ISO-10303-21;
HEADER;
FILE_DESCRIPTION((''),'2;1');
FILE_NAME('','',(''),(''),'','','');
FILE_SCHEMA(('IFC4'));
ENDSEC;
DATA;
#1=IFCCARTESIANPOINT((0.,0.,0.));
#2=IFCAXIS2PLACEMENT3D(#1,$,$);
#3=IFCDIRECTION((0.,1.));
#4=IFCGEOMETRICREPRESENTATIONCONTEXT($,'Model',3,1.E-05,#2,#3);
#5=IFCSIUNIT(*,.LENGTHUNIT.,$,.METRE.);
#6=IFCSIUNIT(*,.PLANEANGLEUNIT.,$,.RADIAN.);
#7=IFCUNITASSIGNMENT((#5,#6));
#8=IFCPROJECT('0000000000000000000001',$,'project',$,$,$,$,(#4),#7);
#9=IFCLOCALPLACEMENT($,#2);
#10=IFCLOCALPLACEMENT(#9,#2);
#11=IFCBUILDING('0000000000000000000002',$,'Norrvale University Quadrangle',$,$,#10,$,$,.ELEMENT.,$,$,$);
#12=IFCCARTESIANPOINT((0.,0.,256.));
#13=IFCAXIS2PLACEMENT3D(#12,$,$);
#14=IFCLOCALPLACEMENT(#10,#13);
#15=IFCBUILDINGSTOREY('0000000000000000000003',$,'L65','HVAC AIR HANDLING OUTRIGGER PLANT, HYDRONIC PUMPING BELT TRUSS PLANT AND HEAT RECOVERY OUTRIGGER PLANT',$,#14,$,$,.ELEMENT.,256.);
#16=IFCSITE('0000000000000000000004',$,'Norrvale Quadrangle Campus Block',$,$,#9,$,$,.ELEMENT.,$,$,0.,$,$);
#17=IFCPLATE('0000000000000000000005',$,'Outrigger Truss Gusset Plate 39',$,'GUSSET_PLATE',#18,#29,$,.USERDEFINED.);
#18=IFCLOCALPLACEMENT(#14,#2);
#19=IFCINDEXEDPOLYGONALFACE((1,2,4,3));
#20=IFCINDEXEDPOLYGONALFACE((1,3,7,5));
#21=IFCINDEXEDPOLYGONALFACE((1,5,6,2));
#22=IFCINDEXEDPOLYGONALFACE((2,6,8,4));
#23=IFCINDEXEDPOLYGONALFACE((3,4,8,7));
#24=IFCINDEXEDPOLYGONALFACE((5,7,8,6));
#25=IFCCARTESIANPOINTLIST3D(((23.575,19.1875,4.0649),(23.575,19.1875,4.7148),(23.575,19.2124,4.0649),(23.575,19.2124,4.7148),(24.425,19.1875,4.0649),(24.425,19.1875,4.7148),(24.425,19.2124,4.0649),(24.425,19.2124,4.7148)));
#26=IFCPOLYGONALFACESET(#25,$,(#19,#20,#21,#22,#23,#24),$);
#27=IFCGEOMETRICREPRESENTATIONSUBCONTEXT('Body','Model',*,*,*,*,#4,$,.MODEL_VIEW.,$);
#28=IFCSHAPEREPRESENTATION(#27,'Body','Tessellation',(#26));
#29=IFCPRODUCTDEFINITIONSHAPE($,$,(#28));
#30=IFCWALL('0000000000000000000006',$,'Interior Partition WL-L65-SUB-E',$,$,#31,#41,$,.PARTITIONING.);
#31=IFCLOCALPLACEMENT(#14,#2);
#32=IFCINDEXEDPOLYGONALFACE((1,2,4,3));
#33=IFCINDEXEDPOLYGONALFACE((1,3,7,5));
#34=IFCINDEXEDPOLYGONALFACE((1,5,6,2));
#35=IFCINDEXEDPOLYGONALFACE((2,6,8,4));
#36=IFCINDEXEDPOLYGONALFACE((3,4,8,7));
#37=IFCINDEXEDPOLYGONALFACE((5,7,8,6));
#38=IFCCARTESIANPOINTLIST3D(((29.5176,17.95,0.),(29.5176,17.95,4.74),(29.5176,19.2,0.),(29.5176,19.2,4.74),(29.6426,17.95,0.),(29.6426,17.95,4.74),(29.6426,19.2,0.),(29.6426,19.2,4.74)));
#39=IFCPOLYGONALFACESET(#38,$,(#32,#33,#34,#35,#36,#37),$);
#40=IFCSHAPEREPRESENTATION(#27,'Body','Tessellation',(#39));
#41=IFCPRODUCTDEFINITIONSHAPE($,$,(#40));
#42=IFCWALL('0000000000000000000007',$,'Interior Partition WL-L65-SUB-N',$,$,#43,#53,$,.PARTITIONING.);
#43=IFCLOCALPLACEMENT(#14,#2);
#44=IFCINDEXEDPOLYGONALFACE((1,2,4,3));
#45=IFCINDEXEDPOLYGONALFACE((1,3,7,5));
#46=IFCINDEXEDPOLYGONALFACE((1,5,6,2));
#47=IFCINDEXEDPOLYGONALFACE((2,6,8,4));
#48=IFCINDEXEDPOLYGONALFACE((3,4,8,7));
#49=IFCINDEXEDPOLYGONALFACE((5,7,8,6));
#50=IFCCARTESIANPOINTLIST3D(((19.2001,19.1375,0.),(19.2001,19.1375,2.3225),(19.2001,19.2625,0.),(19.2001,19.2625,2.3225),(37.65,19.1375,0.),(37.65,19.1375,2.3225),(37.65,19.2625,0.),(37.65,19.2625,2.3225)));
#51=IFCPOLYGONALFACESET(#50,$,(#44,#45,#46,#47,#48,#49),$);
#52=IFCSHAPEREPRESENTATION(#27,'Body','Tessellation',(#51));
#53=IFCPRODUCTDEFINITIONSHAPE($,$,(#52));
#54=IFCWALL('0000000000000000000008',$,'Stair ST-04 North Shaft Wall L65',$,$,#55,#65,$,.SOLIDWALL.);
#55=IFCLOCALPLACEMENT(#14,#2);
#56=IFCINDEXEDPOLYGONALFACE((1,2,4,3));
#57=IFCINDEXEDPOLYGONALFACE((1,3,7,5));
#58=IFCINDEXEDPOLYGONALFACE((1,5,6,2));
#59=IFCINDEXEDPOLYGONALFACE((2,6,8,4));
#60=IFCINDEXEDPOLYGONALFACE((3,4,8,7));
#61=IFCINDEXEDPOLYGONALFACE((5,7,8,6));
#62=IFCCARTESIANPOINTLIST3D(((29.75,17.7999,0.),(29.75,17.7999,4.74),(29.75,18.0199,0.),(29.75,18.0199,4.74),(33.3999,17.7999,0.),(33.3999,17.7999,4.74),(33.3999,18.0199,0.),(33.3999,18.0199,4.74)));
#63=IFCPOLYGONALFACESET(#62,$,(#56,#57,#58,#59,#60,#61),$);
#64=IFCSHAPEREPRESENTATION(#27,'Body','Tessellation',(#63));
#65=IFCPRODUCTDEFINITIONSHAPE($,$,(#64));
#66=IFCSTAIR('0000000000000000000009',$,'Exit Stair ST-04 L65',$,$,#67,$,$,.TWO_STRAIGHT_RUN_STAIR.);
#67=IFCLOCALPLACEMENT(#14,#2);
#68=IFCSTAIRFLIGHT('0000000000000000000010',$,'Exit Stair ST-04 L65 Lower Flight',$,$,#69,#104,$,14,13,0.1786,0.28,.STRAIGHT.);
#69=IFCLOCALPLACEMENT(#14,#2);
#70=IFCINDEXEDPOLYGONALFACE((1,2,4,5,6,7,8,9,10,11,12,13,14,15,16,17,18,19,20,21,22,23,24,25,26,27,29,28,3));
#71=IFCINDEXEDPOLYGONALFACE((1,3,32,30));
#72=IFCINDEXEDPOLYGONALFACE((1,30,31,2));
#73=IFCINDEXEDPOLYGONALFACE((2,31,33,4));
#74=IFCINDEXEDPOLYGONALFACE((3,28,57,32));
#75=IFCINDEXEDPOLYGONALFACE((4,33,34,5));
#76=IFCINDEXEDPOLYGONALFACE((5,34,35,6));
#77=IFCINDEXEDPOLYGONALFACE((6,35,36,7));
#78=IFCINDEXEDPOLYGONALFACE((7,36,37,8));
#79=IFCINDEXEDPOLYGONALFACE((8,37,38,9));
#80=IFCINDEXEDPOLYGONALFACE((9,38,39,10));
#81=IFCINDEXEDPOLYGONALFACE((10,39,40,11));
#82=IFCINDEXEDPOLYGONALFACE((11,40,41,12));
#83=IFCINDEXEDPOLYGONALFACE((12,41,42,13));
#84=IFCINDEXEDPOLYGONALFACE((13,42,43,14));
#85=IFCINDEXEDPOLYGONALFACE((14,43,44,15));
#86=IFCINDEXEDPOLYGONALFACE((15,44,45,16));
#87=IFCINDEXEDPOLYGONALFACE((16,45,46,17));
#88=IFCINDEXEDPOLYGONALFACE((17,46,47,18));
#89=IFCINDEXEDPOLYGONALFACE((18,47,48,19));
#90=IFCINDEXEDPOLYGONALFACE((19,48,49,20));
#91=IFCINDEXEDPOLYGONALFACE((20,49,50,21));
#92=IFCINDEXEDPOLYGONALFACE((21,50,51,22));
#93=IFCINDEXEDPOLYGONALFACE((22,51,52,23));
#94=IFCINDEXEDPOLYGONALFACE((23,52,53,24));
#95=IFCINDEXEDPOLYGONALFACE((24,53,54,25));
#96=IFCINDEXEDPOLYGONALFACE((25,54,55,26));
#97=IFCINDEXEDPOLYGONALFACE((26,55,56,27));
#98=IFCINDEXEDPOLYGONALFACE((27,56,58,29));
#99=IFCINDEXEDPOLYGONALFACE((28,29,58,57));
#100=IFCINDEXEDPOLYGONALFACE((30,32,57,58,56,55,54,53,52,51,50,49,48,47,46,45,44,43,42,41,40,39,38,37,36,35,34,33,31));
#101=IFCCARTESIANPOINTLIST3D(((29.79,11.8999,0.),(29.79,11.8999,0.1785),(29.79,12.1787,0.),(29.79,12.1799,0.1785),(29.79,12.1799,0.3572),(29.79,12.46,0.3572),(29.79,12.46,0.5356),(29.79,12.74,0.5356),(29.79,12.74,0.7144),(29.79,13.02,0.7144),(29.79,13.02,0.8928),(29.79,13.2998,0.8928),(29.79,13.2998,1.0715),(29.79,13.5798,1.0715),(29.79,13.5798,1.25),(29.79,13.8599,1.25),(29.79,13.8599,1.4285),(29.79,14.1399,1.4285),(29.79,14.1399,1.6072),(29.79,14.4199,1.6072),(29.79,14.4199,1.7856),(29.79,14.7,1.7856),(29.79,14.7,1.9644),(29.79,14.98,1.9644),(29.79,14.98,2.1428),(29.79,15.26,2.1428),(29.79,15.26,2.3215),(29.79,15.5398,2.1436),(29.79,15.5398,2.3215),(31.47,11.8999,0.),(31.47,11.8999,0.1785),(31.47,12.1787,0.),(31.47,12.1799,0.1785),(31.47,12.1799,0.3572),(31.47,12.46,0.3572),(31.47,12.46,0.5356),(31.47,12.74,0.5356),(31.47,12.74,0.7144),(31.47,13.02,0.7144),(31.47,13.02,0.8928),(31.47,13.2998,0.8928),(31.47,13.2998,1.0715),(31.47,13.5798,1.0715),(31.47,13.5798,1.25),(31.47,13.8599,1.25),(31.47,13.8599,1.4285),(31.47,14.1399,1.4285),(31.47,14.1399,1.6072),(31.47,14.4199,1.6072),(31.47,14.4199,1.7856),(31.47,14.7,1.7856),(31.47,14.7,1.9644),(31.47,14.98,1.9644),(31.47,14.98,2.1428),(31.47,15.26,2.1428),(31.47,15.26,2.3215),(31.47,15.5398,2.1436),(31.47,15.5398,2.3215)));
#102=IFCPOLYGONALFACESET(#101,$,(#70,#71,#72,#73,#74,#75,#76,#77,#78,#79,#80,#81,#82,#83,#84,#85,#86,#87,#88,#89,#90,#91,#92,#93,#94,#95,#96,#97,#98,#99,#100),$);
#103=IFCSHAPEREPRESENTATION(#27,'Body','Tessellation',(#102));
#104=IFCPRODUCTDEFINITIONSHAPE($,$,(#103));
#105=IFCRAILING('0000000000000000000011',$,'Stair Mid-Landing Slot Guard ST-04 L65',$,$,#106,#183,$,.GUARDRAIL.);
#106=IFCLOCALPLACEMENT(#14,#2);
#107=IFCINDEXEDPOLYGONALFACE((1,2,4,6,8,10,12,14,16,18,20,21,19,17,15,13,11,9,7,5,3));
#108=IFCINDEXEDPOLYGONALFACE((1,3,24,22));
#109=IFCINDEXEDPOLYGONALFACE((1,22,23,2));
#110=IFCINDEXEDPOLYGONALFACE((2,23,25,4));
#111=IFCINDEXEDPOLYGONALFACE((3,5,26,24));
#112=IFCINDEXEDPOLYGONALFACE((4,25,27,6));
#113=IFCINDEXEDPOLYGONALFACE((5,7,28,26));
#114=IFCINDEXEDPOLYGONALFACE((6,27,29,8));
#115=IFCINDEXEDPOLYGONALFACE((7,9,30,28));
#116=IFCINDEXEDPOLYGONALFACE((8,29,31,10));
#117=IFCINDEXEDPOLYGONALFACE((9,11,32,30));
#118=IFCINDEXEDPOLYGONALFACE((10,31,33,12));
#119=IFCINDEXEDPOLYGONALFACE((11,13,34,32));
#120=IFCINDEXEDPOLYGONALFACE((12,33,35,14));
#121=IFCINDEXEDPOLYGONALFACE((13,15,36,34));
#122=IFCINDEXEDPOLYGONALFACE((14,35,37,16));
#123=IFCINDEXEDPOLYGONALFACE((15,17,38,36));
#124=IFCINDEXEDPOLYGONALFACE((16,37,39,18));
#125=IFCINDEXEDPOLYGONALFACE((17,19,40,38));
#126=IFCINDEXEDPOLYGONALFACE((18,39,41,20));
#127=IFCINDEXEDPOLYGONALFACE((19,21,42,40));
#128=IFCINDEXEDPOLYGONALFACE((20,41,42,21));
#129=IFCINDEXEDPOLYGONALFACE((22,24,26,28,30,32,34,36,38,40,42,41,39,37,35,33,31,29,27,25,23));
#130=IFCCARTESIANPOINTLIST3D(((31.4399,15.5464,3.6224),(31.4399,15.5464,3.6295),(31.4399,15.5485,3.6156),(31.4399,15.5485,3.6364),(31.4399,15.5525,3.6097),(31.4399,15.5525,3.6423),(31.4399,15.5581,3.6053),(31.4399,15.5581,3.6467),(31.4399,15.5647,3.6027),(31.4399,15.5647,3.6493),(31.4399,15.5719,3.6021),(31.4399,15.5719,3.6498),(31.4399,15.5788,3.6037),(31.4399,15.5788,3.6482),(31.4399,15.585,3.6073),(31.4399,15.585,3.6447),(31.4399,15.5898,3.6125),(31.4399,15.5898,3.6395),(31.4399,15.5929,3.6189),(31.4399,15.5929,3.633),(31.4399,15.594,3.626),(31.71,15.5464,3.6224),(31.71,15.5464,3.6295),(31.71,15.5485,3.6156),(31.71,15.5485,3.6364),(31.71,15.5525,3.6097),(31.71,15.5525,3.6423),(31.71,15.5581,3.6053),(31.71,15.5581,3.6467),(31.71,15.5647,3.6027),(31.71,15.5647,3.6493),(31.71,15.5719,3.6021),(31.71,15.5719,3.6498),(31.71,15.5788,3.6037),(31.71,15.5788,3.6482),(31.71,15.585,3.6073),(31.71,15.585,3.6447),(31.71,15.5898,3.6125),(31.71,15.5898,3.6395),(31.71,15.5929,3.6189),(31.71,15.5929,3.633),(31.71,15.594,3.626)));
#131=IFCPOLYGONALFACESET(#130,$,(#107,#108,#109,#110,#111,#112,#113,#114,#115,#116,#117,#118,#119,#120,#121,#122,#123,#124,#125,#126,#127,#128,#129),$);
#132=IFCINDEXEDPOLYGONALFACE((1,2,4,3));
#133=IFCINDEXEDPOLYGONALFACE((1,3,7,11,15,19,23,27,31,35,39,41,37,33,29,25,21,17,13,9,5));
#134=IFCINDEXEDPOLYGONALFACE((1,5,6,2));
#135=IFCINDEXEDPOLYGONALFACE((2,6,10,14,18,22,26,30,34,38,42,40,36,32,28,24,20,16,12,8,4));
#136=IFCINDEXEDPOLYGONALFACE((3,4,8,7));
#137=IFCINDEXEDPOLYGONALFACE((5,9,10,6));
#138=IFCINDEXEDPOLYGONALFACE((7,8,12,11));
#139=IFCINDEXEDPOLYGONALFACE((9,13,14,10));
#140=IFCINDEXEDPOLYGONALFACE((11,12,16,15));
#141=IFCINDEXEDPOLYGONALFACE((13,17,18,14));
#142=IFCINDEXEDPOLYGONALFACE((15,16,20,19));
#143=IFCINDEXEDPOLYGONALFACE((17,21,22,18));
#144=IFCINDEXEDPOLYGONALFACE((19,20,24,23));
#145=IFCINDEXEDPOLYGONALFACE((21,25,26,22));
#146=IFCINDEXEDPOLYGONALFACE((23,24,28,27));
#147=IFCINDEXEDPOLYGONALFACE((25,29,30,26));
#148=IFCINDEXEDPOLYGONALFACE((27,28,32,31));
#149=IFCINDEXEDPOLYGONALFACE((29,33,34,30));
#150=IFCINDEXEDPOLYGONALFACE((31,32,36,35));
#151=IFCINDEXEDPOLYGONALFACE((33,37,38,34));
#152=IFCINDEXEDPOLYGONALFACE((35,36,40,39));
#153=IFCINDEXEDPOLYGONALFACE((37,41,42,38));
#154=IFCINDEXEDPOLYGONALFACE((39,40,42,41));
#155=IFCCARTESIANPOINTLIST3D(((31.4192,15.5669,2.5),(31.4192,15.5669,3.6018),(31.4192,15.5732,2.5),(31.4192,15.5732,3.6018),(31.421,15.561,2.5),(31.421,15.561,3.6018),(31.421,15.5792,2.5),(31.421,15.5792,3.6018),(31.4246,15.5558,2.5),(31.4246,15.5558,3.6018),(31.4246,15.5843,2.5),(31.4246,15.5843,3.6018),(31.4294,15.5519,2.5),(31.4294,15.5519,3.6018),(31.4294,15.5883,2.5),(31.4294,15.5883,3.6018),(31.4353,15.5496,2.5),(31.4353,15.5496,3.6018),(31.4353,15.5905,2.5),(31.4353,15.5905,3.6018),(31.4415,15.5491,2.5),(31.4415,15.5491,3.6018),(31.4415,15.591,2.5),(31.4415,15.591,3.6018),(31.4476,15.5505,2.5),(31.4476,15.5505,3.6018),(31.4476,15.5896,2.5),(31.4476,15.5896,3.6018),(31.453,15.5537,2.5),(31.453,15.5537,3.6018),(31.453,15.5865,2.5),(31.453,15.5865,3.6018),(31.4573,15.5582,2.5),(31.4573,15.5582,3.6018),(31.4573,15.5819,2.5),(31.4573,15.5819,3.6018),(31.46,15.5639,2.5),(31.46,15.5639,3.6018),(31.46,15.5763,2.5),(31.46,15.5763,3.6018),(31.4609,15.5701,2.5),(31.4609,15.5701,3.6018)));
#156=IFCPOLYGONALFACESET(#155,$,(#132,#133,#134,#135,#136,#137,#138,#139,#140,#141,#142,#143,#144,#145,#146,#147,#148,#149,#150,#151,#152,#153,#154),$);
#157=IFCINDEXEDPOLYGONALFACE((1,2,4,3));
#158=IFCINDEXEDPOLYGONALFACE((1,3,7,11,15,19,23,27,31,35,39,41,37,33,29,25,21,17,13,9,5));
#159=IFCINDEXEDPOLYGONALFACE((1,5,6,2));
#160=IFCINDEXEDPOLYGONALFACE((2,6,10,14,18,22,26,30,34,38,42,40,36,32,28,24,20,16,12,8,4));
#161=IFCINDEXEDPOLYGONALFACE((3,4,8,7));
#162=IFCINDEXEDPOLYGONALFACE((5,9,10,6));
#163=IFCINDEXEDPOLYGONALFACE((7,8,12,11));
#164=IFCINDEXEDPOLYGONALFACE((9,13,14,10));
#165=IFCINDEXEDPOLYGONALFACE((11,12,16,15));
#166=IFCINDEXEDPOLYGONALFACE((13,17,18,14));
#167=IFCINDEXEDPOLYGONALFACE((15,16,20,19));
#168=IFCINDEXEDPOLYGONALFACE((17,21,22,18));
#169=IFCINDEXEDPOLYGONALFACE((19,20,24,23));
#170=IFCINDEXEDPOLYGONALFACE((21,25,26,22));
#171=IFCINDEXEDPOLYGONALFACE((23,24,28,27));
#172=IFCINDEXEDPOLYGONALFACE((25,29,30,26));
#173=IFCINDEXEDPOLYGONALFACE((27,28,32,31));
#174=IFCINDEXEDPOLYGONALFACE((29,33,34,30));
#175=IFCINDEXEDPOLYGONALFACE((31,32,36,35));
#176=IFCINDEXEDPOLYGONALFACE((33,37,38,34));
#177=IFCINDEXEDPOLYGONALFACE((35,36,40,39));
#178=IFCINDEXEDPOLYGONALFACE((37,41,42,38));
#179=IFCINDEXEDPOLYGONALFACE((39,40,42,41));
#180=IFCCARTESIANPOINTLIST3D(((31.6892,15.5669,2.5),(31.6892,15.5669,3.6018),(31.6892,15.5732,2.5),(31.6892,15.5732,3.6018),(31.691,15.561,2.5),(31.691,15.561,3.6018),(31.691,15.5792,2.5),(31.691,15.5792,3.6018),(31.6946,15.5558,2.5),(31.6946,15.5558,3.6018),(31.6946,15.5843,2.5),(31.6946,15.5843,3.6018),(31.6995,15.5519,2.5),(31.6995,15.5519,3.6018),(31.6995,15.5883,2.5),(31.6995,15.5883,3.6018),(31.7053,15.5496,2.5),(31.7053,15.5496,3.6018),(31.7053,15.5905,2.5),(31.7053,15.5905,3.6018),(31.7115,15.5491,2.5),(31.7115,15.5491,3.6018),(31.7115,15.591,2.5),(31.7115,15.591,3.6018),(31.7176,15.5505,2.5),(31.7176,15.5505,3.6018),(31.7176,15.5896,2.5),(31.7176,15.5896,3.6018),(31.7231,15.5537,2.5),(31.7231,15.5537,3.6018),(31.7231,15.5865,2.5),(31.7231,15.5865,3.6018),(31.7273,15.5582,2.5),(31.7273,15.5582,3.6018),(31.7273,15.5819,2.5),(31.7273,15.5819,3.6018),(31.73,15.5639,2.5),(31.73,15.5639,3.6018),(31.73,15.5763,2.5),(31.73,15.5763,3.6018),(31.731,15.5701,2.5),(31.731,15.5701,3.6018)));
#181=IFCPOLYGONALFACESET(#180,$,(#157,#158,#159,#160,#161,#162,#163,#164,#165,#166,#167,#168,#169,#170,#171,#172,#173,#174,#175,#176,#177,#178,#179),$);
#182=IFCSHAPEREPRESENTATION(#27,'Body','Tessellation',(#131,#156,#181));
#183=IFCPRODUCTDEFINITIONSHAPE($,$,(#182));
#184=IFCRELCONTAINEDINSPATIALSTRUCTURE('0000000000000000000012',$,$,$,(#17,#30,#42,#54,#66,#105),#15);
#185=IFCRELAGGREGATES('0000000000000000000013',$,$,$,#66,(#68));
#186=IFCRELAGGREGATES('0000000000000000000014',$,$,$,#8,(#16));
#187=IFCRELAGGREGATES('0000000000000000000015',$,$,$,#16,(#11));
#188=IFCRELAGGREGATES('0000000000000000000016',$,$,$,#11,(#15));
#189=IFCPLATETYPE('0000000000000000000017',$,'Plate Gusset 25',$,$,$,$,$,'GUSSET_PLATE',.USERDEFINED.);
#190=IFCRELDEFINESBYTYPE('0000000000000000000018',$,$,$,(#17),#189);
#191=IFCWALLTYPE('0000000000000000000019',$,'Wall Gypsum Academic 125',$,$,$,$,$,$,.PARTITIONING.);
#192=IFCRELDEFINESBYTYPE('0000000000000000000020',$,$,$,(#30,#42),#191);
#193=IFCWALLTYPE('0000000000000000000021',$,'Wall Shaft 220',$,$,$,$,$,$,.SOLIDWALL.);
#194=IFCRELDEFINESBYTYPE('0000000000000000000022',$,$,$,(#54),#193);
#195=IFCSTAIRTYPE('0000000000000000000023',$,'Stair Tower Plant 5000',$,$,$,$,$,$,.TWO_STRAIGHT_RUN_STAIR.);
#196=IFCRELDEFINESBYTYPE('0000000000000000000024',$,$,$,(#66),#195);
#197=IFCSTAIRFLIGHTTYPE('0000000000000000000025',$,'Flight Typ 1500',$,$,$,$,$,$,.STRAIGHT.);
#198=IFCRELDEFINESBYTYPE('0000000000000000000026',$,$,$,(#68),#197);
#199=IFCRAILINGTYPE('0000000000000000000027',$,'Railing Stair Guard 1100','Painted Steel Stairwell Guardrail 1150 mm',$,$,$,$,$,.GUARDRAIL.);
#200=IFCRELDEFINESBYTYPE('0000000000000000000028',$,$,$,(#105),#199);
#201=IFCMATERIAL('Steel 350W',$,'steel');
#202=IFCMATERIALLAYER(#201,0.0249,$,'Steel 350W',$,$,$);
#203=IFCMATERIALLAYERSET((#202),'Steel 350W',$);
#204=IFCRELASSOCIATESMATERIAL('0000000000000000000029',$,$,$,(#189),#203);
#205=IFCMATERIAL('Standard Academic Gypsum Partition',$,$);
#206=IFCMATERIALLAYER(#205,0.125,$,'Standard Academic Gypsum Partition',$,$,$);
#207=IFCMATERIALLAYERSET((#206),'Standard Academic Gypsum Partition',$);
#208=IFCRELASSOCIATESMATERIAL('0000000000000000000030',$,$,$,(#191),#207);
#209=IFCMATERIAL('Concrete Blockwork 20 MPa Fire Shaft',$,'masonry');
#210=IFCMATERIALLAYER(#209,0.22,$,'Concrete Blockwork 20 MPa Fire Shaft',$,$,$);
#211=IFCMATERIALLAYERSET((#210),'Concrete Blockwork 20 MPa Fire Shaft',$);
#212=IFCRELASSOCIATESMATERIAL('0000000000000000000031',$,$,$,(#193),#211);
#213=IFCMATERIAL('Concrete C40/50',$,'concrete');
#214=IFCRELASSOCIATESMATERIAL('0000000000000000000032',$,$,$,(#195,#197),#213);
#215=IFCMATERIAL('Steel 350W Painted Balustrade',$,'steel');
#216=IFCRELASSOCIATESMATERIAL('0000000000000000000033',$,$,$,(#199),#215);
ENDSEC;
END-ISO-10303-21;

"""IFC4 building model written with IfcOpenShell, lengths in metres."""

from ifc_helpers import new_model, si_unit, direction, frame, frame_2d, origin, origin_2d, place, context, subcontext, project, spatial, polyline, rectangle, circle, outline, extrude, material, layer, layer_set, type_object, element, aggregate, save


model = new_model("IFC4")

# Units and contexts
model_context = context("Model", 3, precision=1e-05, world=origin(), true_north=direction((0.0, 1.0)))
body_context = subcontext(model_context, "Body", "Model", "MODEL_VIEW")
ifc_project = project(units=[si_unit("LENGTHUNIT", "METRE"), si_unit("PLANEANGLEUNIT", "RADIAN")], contexts=[model_context])

# Site, building, storey
site_placement = place(None, origin())
site = spatial("IfcSite", under=ifc_project, at=site_placement, Name="Norrvale Quadrangle Campus Block", CompositionType="ELEMENT", RefElevation=0.0)
building_placement = place(site_placement, origin())
building = spatial("IfcBuilding", under=site, at=building_placement, Name="Norrvale University Quadrangle", CompositionType="ELEMENT")
storey_placement = place(building_placement, frame((0.0, 0.0, 256.0)))
storey = spatial("IfcBuildingStorey", under=building, at=storey_placement, Name="L65", Description="HVAC AIR HANDLING OUTRIGGER PLANT, HYDRONIC PUMPING BELT TRUSS PLANT AND HEAT RECOVERY OUTRIGGER PLANT", CompositionType="ELEMENT", Elevation=256.0)

# Shared definitions
ifc_material_1 = material(Name="Steel 350W", Category="steel")

# Plate
ifc_layer_1 = layer(ifc_material_1, 0.0249, Name="Steel 350W")
ifc_layer_set_1 = layer_set([ifc_layer_1], Name="Steel 350W")
plate_type = type_object("IfcPlateType", Name="Plate Gusset 25", ElementType="GUSSET_PLATE", PredefinedType="USERDEFINED", material=ifc_layer_set_1)
plate_placement = place(storey_placement, frame((24.0, 19.2, 4.0649), z_axis=(0.0, 0.0, 1.0), x_axis=(1.0, 0.0, 0.0)))
element("IfcPlate", 1, at=plate_placement, inside=storey, type_object=plate_type, Name="Outrigger Truss Gusset Plate 39", ObjectType="GUSSET_PLATE", PredefinedType="USERDEFINED", context=body_context, shape_type="SweptSolid", body=[
    extrude(rectangle(XDim=0.8501, YDim=0.0249, at=origin_2d()), origin(), (0.0, 0.0, 1.0), 0.6499),
])

# Walls
ifc_material_2 = material(Name="Standard Academic Gypsum Partition")
ifc_layer_2 = layer(ifc_material_2, 0.125, Name="Standard Academic Gypsum Partition")
ifc_layer_set_2 = layer_set([ifc_layer_2], Name="Standard Academic Gypsum Partition")
wall_type_1 = type_object("IfcWallType", Name="Wall Gypsum Academic 125", PredefinedType="PARTITIONING", material=ifc_layer_set_2)
wall_1_placement = place(storey_placement, frame((29.5801, 17.95, 0.0), z_axis=(0.0, 0.0, 1.0), x_axis=(0.0, 1.0, 0.0)))
element("IfcWall", 2, at=wall_1_placement, inside=storey, type_object=wall_type_1, Name="Interior Partition WL-L65-SUB-E", PredefinedType="PARTITIONING", context=body_context, shape_type="SweptSolid", body=[
    extrude(rectangle(XDim=1.25, YDim=0.125, at=frame_2d((0.625, 0.0))), origin(), (0.0, 0.0, 1.0), 4.74),
])
wall_2_placement = place(storey_placement, frame((19.2, 19.2, 0.0), z_axis=(0.0, 0.0, 1.0), x_axis=(1.0, 0.0, 0.0)))
element("IfcWall", 3, at=wall_2_placement, inside=storey, type_object=wall_type_1, Name="Interior Partition WL-L65-SUB-N", PredefinedType="PARTITIONING", context=body_context, shape_type="SweptSolid", body=[
    extrude(rectangle(XDim=18.45, YDim=0.125, at=frame_2d((9.2251, 0.0))), origin(), (0.0, 0.0, 1.0), 2.3225),
])
ifc_material_3 = material(Name="Concrete Blockwork 20 MPa Fire Shaft", Category="masonry")
ifc_layer_3 = layer(ifc_material_3, 0.22, Name="Concrete Blockwork 20 MPa Fire Shaft")
ifc_layer_set_3 = layer_set([ifc_layer_3], Name="Concrete Blockwork 20 MPa Fire Shaft")
wall_type_2 = type_object("IfcWallType", Name="Wall Shaft 220", PredefinedType="SOLIDWALL", material=ifc_layer_set_3)
wall_3_placement = place(storey_placement, frame((29.75, 17.9099, 0.0), z_axis=(0.0, 0.0, 1.0), x_axis=(1.0, 0.0, 0.0)))
element("IfcWall", 4, at=wall_3_placement, inside=storey, type_object=wall_type_2, Name="Stair ST-04 North Shaft Wall L65", PredefinedType="SOLIDWALL", context=body_context, shape_type="SweptSolid", body=[
    extrude(rectangle(XDim=3.6499, YDim=0.22, at=frame_2d((1.825, 0.0))), origin(), (0.0, 0.0, 1.0), 4.74),
])

# Stair, stair flight
ifc_material_4 = material(Name="Concrete C40/50", Category="concrete")
stair_type = type_object("IfcStairType", Name="Stair Tower Plant 5000", PredefinedType="TWO_STRAIGHT_RUN_STAIR", material=ifc_material_4)
stair_placement = place(storey_placement, origin())
stair = element("IfcStair", 5, at=stair_placement, inside=storey, type_object=stair_type, Name="Exit Stair ST-04 L65", PredefinedType="TWO_STRAIGHT_RUN_STAIR")
stair_flight_type = type_object("IfcStairFlightType", Name="Flight Typ 1500", PredefinedType="STRAIGHT", material=ifc_material_4)
stair_flight_placement = place(storey_placement, frame((30.6299, 11.8999, 0.0), z_axis=(0.0, 0.0, 1.0), x_axis=(0.0, 1.0, 0.0)))
stair_flight = element("IfcStairFlight", 6, at=stair_flight_placement, type_object=stair_flight_type, Name="Exit Stair ST-04 L65 Lower Flight", NumberOfRisers=14, NumberOfTreads=13, PredefinedType="STRAIGHT", RiserHeight=0.1786, TreadLength=0.28, context=body_context, shape_type="SweptSolid", body=[
    extrude(outline(polyline([(0.0, 0.0), (0.0, 0.1785), (0.28, 0.1785), (0.28, 0.3572), (0.5601, 0.3572), (0.5601, 0.5356), (0.8401, 0.5356), (0.8401, 0.7144), (1.1201, 0.7144), (1.1201, 0.8928), (1.3999, 0.8928), (1.3999, 1.0715), (1.6799, 1.0715), (1.6799, 1.25), (1.96, 1.25), (1.96, 1.4285), (2.24, 1.4285), (2.24, 1.6072), (2.52, 1.6072), (2.52, 1.7856), (2.8, 1.7856), (2.8, 1.9644), (3.0801, 1.9644), (3.0801, 2.1428), (3.3601, 2.1428), (3.3601, 2.3215), (3.6399, 2.3215), (3.6399, 2.5), (3.6399, 2.1436), (0.2788, 0.0), (0.0, 0.0)])), frame((0.0, 0.8398, 0.0), z_axis=(0.0, -1.0, 0.0), x_axis=(1.0, 0.0, 0.0)), (0.0, 0.0, 1.0), 1.6799),
])
aggregate(stair, [stair_flight])

# Railing
ifc_material_5 = material(Name="Steel 350W Painted Balustrade", Category="steel")
railing_type = type_object("IfcRailingType", Name="Railing Stair Guard 1100", Description="Painted Steel Stairwell Guardrail 1150 mm", PredefinedType="GUARDRAIL", material=ifc_material_5)
railing_1_placement = place(storey_placement, frame((31.4399, 15.5701, 2.5)))
element("IfcRailing", 7, at=railing_1_placement, inside=storey, type_object=railing_type, Name="Stair Mid-Landing Slot Guard ST-04 L65", PredefinedType="GUARDRAIL", context=body_context, shape_type="SweptSolid", body=[
    extrude(circle(Radius=0.0239, at=origin_2d()), frame((0.0, 0.0, 1.126), z_axis=(1.0, 0.0, 0.0), x_axis=(0.0, 1.0, 0.0)), (0.0, 0.0, 1.0), 0.27),
    extrude(circle(Radius=0.021, at=origin_2d()), origin(), (0.0, 0.0, 1.0), 1.1018),
    extrude(circle(Radius=0.021, at=origin_2d()), frame((0.27, 0.0, 0.0)), (0.0, 0.0, 1.0), 1.1018),
])

save(model, "model.ifc")
